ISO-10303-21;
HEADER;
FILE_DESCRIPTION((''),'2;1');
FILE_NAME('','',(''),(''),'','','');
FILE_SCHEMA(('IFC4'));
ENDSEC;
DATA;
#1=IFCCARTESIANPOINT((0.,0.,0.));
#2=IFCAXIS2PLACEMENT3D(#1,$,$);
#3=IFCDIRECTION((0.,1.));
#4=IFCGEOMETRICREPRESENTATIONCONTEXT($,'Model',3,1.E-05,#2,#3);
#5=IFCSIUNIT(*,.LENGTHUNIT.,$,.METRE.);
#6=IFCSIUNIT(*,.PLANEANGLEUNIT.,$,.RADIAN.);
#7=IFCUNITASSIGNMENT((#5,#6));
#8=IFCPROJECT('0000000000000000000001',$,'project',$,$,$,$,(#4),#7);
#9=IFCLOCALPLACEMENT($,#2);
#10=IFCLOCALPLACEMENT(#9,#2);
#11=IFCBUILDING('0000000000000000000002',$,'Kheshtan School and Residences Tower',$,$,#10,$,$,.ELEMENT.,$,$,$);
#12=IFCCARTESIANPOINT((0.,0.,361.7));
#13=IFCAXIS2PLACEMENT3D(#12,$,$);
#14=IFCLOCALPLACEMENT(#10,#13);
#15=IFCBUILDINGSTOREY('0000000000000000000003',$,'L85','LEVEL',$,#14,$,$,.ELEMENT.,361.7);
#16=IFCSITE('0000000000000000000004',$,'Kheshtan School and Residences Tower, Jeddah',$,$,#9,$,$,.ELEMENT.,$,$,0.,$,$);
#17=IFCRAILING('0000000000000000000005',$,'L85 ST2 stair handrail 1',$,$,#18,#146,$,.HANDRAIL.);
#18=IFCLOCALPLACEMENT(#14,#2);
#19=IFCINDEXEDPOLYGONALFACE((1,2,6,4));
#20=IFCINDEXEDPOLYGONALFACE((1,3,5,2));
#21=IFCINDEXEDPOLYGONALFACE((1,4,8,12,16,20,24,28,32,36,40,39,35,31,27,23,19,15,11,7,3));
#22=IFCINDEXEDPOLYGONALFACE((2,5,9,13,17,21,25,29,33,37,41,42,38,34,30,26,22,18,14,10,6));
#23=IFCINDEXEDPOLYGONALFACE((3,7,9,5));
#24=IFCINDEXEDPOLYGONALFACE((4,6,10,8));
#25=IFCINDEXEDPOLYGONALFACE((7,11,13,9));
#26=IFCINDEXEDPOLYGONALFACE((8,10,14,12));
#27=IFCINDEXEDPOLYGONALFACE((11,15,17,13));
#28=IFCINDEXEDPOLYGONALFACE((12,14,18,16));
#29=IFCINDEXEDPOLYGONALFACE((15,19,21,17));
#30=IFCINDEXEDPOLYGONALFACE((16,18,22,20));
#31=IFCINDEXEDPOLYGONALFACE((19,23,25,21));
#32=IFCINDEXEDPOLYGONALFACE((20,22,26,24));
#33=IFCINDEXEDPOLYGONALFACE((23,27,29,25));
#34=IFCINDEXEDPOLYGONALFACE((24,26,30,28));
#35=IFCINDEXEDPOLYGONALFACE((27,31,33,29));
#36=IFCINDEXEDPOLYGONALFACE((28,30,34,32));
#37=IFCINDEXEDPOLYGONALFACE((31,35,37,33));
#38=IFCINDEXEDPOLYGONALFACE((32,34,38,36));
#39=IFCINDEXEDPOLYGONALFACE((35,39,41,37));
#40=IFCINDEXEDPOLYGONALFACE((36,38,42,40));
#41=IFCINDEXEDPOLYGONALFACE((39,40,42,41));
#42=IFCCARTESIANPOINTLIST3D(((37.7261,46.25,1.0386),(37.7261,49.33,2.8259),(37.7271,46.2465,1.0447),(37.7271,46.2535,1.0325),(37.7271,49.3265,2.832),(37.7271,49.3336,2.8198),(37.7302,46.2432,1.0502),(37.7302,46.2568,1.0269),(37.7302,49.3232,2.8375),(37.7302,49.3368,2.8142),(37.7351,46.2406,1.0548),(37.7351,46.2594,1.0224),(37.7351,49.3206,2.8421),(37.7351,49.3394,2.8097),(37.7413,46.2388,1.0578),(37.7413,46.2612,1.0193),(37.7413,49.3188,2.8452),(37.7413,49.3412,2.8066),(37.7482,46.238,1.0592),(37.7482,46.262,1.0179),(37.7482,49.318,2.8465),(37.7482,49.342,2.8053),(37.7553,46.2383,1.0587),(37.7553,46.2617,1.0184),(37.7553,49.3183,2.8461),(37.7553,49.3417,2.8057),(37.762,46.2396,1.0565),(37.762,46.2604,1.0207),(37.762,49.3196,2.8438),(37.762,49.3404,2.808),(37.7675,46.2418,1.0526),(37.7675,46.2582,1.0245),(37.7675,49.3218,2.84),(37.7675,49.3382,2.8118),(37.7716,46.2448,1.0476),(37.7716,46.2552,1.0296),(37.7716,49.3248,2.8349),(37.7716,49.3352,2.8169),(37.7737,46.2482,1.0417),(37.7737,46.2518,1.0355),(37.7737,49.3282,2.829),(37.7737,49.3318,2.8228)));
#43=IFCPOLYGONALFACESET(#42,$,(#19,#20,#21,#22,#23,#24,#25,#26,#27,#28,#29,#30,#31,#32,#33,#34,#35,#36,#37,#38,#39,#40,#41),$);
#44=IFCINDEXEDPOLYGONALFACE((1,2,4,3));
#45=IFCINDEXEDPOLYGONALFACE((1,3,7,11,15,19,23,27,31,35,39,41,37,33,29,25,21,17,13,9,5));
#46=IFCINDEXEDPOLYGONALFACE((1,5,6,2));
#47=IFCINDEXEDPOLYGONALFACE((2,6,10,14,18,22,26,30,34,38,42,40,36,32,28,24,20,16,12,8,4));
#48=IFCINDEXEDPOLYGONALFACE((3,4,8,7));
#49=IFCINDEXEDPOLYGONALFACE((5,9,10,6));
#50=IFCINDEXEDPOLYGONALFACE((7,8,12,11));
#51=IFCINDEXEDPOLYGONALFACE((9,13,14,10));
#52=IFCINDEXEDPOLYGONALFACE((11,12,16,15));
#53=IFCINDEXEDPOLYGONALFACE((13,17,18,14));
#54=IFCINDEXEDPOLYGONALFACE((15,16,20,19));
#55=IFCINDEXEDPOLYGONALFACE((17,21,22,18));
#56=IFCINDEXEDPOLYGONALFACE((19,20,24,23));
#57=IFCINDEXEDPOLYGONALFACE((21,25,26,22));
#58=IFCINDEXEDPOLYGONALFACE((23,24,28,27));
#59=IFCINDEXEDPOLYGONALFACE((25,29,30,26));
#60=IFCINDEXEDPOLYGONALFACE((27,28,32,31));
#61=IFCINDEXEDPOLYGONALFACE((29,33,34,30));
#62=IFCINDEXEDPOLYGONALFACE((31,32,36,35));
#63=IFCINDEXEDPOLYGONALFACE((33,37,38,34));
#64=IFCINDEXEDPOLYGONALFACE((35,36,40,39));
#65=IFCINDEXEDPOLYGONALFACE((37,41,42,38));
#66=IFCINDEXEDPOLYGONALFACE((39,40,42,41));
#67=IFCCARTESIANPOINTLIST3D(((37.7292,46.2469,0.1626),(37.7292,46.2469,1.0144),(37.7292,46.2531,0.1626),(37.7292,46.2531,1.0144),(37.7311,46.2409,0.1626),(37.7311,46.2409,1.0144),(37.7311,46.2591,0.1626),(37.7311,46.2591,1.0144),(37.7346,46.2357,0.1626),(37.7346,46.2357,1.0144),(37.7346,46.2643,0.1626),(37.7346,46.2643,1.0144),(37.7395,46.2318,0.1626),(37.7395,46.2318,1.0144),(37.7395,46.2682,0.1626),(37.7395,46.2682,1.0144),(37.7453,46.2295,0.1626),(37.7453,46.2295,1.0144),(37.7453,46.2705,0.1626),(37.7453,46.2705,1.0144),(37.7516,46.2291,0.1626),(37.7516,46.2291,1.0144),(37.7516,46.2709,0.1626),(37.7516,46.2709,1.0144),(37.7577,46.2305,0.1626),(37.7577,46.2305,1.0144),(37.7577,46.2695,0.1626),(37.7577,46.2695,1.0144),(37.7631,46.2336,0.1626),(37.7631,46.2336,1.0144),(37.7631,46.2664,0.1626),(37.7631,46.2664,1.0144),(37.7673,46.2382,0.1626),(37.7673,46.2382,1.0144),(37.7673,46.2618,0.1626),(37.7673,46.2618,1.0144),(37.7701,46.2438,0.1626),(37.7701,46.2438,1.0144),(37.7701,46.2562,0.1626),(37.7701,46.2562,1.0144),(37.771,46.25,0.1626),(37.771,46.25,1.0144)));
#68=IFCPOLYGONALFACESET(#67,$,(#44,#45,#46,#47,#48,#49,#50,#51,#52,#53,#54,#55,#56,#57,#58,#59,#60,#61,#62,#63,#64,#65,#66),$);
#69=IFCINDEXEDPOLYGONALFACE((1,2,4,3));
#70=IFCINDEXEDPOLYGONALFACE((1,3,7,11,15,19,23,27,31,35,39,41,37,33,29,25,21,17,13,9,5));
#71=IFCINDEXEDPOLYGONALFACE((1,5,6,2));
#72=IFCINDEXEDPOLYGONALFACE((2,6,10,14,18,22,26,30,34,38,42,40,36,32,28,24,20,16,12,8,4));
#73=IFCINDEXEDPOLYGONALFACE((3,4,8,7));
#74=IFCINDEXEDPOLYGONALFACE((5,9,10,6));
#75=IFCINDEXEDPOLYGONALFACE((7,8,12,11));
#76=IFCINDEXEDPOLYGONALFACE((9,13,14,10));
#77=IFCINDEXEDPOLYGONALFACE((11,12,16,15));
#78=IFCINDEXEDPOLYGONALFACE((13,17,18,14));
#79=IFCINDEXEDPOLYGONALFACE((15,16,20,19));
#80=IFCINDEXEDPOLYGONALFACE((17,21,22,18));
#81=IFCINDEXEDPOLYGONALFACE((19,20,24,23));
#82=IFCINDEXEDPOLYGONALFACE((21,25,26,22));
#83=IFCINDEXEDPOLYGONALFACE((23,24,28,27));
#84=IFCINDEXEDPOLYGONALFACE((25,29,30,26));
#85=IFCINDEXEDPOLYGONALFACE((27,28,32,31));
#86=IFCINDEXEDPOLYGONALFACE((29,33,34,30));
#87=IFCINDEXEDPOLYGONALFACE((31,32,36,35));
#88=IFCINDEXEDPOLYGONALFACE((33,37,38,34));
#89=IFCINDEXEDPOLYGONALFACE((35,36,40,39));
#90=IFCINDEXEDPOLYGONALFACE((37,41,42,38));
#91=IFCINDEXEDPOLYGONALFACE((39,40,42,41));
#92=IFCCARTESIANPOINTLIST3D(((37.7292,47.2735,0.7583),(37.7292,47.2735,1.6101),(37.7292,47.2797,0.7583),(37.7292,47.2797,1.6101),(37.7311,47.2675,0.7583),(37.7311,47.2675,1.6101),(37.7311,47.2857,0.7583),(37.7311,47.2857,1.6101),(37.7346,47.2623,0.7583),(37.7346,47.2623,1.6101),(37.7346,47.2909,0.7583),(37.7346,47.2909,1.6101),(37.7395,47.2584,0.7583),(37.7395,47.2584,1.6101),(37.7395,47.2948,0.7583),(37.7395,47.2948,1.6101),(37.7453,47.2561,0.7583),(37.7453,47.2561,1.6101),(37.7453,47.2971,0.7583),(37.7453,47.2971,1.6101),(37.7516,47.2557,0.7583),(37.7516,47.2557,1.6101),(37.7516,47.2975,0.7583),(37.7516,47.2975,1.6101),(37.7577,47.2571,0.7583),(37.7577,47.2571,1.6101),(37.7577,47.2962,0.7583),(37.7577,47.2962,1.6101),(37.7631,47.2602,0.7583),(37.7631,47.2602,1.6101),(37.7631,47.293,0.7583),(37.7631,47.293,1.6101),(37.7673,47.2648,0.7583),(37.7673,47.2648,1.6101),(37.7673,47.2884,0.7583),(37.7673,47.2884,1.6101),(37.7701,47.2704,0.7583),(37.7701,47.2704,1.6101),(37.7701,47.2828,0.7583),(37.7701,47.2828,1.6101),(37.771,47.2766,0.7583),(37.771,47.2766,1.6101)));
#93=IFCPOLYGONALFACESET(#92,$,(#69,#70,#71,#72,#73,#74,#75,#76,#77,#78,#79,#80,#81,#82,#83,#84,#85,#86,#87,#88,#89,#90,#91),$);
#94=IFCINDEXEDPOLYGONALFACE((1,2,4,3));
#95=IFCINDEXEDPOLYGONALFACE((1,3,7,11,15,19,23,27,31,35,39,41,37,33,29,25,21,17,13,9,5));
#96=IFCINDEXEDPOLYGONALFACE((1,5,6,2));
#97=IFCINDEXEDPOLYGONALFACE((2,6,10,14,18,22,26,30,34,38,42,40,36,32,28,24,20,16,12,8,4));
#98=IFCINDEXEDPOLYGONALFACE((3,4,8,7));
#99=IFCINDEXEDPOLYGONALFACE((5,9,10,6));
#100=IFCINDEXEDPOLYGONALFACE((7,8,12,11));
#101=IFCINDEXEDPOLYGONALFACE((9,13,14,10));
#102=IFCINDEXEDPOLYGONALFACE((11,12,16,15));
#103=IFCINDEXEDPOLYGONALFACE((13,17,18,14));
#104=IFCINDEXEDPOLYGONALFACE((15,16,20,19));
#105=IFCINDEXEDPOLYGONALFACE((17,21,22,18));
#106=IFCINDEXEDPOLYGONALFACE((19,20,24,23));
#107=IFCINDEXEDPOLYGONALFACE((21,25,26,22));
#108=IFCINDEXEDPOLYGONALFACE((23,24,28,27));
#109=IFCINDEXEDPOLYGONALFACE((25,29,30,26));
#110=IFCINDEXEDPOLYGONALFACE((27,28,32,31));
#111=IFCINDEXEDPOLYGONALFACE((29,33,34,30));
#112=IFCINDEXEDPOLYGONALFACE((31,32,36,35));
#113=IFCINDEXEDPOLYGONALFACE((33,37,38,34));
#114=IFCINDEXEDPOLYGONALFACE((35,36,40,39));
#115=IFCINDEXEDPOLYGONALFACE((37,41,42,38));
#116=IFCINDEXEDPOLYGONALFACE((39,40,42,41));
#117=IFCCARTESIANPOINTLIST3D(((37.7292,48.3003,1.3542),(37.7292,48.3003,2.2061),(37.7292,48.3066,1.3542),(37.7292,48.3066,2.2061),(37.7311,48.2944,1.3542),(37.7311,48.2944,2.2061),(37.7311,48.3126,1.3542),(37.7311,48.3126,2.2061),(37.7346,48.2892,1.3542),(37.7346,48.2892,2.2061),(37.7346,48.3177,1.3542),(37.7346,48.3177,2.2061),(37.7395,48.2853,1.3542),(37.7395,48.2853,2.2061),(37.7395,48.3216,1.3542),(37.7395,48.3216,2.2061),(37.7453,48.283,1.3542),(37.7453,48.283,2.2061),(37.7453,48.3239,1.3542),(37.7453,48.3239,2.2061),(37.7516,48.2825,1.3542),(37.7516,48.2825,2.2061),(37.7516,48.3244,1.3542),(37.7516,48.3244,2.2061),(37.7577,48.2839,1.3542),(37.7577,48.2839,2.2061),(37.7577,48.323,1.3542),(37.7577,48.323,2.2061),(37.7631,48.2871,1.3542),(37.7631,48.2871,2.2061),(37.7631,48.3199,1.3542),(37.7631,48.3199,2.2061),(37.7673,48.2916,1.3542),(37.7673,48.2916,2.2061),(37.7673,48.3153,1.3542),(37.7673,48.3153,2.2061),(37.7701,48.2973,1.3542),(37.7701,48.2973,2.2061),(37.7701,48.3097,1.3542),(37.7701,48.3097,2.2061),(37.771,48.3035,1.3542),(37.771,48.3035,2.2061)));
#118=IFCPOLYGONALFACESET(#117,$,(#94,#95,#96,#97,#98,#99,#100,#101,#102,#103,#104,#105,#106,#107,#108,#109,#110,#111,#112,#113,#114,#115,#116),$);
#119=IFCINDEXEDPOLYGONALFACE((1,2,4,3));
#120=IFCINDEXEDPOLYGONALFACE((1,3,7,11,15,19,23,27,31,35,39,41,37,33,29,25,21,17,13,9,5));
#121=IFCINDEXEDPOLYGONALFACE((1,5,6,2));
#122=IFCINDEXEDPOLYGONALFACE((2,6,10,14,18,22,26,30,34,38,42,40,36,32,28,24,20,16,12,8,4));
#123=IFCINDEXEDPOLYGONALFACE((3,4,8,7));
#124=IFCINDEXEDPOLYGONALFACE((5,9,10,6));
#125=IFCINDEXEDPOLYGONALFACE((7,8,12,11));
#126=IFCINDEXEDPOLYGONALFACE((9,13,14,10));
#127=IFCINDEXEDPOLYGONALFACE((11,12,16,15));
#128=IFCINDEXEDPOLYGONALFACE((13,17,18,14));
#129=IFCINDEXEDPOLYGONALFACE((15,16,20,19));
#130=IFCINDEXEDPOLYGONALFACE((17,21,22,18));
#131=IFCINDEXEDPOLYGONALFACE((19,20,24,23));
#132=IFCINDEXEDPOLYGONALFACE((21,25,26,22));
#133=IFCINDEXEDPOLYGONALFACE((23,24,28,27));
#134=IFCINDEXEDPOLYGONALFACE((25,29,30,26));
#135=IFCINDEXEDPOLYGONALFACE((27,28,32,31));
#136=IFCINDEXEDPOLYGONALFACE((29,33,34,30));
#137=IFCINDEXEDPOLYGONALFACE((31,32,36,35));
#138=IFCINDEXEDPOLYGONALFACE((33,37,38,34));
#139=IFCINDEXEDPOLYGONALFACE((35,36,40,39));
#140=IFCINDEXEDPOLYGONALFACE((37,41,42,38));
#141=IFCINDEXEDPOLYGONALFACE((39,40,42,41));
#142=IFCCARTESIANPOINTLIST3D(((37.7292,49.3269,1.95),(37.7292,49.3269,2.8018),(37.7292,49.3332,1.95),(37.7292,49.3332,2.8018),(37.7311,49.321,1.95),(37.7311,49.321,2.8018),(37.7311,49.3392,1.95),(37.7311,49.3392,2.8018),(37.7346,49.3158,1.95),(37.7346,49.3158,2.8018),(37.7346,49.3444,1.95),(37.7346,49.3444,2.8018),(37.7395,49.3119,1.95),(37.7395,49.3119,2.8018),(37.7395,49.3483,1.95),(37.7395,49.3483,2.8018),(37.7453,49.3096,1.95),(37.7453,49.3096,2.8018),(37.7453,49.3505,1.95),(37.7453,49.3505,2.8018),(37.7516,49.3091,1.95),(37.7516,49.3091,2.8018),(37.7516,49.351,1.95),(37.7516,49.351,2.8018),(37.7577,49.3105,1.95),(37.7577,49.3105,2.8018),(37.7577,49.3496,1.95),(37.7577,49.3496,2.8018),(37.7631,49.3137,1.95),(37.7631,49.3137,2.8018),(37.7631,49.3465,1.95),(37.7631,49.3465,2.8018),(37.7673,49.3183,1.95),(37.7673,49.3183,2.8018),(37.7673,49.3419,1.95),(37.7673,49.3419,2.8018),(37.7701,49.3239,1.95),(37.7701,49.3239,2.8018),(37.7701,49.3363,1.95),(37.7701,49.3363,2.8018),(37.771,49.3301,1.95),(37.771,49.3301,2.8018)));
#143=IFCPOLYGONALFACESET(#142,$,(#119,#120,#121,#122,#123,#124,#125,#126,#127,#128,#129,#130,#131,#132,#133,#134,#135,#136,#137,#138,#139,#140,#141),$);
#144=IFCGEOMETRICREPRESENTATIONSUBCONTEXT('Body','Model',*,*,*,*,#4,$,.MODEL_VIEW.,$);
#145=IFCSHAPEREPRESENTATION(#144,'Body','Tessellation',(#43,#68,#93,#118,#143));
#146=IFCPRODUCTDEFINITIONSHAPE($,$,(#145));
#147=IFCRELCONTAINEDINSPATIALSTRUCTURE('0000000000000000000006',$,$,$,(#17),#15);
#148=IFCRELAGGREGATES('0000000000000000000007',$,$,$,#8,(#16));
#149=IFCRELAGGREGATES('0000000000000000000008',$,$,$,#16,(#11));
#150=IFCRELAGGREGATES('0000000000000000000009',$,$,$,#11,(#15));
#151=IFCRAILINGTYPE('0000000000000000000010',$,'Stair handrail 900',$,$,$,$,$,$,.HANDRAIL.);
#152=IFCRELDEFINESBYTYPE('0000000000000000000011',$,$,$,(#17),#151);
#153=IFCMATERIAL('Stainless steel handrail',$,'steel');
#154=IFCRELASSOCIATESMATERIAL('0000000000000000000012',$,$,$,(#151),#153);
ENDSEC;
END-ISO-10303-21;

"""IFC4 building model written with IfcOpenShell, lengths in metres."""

from ifc_helpers import new_model, si_unit, direction, frame, origin, origin_2d, place, context, subcontext, project, spatial, circle, extrude, material, type_object, element, save


model = new_model("IFC4")

# Units and contexts
model_context = context("Model", 3, precision=1e-05, world=origin(), true_north=direction((0.0, 1.0)))
body_context = subcontext(model_context, "Body", "Model", "MODEL_VIEW")
ifc_project = project(units=[si_unit("LENGTHUNIT", "METRE"), si_unit("PLANEANGLEUNIT", "RADIAN")], contexts=[model_context])

# Site, building, storey
site_placement = place(None, origin())
site = spatial("IfcSite", under=ifc_project, at=site_placement, Name="Kheshtan School and Residences Tower, Jeddah", CompositionType="ELEMENT", RefElevation=0.0)
building_placement = place(site_placement, origin())
building = spatial("IfcBuilding", under=site, at=building_placement, Name="Kheshtan School and Residences Tower", CompositionType="ELEMENT")
storey_placement = place(building_placement, frame((0.0, 0.0, 361.7)))
storey = spatial("IfcBuildingStorey", under=building, at=storey_placement, Name="L85", Description="LEVEL", CompositionType="ELEMENT", Elevation=361.7)

# Railing
ifc_material_1 = material(Name="Stainless steel handrail", Category="steel")
railing_type_1 = type_object("IfcRailingType", Name="Stair handrail 900", PredefinedType="HANDRAIL", material=ifc_material_1)
railing_1_placement = place(storey_placement, frame((37.75, 46.25, 0.1626)))
element("IfcRailing", 1, at=railing_1_placement, inside=storey, type_object=railing_type_1, Name="L85 ST2 stair handrail 1", PredefinedType="HANDRAIL", context=body_context, shape_type="SweptSolid", body=[
    extrude(circle(Radius=0.0239, at=origin_2d()), frame((0.0, 0.0, 0.876), z_axis=(0.0, 0.86492, 0.501909), x_axis=(-1.0, 0.0, 0.0)), (0.0, 0.0, 1.0), 3.561),
    extrude(circle(Radius=0.021, at=origin_2d()), origin(), (0.0, 0.0, 1.0), 0.8518),
    extrude(circle(Radius=0.021, at=origin_2d()), frame((0.0, 1.0266, 0.5957)), (0.0, 0.0, 1.0), 0.8518),
    extrude(circle(Radius=0.021, at=origin_2d()), frame((0.0, 2.0535, 1.1917)), (0.0, 0.0, 1.0), 0.8518),
    extrude(circle(Radius=0.021, at=origin_2d()), frame((0.0, 3.0801, 1.7874)), (0.0, 0.0, 1.0), 0.8518),
])

save(model, "model.ifc")
